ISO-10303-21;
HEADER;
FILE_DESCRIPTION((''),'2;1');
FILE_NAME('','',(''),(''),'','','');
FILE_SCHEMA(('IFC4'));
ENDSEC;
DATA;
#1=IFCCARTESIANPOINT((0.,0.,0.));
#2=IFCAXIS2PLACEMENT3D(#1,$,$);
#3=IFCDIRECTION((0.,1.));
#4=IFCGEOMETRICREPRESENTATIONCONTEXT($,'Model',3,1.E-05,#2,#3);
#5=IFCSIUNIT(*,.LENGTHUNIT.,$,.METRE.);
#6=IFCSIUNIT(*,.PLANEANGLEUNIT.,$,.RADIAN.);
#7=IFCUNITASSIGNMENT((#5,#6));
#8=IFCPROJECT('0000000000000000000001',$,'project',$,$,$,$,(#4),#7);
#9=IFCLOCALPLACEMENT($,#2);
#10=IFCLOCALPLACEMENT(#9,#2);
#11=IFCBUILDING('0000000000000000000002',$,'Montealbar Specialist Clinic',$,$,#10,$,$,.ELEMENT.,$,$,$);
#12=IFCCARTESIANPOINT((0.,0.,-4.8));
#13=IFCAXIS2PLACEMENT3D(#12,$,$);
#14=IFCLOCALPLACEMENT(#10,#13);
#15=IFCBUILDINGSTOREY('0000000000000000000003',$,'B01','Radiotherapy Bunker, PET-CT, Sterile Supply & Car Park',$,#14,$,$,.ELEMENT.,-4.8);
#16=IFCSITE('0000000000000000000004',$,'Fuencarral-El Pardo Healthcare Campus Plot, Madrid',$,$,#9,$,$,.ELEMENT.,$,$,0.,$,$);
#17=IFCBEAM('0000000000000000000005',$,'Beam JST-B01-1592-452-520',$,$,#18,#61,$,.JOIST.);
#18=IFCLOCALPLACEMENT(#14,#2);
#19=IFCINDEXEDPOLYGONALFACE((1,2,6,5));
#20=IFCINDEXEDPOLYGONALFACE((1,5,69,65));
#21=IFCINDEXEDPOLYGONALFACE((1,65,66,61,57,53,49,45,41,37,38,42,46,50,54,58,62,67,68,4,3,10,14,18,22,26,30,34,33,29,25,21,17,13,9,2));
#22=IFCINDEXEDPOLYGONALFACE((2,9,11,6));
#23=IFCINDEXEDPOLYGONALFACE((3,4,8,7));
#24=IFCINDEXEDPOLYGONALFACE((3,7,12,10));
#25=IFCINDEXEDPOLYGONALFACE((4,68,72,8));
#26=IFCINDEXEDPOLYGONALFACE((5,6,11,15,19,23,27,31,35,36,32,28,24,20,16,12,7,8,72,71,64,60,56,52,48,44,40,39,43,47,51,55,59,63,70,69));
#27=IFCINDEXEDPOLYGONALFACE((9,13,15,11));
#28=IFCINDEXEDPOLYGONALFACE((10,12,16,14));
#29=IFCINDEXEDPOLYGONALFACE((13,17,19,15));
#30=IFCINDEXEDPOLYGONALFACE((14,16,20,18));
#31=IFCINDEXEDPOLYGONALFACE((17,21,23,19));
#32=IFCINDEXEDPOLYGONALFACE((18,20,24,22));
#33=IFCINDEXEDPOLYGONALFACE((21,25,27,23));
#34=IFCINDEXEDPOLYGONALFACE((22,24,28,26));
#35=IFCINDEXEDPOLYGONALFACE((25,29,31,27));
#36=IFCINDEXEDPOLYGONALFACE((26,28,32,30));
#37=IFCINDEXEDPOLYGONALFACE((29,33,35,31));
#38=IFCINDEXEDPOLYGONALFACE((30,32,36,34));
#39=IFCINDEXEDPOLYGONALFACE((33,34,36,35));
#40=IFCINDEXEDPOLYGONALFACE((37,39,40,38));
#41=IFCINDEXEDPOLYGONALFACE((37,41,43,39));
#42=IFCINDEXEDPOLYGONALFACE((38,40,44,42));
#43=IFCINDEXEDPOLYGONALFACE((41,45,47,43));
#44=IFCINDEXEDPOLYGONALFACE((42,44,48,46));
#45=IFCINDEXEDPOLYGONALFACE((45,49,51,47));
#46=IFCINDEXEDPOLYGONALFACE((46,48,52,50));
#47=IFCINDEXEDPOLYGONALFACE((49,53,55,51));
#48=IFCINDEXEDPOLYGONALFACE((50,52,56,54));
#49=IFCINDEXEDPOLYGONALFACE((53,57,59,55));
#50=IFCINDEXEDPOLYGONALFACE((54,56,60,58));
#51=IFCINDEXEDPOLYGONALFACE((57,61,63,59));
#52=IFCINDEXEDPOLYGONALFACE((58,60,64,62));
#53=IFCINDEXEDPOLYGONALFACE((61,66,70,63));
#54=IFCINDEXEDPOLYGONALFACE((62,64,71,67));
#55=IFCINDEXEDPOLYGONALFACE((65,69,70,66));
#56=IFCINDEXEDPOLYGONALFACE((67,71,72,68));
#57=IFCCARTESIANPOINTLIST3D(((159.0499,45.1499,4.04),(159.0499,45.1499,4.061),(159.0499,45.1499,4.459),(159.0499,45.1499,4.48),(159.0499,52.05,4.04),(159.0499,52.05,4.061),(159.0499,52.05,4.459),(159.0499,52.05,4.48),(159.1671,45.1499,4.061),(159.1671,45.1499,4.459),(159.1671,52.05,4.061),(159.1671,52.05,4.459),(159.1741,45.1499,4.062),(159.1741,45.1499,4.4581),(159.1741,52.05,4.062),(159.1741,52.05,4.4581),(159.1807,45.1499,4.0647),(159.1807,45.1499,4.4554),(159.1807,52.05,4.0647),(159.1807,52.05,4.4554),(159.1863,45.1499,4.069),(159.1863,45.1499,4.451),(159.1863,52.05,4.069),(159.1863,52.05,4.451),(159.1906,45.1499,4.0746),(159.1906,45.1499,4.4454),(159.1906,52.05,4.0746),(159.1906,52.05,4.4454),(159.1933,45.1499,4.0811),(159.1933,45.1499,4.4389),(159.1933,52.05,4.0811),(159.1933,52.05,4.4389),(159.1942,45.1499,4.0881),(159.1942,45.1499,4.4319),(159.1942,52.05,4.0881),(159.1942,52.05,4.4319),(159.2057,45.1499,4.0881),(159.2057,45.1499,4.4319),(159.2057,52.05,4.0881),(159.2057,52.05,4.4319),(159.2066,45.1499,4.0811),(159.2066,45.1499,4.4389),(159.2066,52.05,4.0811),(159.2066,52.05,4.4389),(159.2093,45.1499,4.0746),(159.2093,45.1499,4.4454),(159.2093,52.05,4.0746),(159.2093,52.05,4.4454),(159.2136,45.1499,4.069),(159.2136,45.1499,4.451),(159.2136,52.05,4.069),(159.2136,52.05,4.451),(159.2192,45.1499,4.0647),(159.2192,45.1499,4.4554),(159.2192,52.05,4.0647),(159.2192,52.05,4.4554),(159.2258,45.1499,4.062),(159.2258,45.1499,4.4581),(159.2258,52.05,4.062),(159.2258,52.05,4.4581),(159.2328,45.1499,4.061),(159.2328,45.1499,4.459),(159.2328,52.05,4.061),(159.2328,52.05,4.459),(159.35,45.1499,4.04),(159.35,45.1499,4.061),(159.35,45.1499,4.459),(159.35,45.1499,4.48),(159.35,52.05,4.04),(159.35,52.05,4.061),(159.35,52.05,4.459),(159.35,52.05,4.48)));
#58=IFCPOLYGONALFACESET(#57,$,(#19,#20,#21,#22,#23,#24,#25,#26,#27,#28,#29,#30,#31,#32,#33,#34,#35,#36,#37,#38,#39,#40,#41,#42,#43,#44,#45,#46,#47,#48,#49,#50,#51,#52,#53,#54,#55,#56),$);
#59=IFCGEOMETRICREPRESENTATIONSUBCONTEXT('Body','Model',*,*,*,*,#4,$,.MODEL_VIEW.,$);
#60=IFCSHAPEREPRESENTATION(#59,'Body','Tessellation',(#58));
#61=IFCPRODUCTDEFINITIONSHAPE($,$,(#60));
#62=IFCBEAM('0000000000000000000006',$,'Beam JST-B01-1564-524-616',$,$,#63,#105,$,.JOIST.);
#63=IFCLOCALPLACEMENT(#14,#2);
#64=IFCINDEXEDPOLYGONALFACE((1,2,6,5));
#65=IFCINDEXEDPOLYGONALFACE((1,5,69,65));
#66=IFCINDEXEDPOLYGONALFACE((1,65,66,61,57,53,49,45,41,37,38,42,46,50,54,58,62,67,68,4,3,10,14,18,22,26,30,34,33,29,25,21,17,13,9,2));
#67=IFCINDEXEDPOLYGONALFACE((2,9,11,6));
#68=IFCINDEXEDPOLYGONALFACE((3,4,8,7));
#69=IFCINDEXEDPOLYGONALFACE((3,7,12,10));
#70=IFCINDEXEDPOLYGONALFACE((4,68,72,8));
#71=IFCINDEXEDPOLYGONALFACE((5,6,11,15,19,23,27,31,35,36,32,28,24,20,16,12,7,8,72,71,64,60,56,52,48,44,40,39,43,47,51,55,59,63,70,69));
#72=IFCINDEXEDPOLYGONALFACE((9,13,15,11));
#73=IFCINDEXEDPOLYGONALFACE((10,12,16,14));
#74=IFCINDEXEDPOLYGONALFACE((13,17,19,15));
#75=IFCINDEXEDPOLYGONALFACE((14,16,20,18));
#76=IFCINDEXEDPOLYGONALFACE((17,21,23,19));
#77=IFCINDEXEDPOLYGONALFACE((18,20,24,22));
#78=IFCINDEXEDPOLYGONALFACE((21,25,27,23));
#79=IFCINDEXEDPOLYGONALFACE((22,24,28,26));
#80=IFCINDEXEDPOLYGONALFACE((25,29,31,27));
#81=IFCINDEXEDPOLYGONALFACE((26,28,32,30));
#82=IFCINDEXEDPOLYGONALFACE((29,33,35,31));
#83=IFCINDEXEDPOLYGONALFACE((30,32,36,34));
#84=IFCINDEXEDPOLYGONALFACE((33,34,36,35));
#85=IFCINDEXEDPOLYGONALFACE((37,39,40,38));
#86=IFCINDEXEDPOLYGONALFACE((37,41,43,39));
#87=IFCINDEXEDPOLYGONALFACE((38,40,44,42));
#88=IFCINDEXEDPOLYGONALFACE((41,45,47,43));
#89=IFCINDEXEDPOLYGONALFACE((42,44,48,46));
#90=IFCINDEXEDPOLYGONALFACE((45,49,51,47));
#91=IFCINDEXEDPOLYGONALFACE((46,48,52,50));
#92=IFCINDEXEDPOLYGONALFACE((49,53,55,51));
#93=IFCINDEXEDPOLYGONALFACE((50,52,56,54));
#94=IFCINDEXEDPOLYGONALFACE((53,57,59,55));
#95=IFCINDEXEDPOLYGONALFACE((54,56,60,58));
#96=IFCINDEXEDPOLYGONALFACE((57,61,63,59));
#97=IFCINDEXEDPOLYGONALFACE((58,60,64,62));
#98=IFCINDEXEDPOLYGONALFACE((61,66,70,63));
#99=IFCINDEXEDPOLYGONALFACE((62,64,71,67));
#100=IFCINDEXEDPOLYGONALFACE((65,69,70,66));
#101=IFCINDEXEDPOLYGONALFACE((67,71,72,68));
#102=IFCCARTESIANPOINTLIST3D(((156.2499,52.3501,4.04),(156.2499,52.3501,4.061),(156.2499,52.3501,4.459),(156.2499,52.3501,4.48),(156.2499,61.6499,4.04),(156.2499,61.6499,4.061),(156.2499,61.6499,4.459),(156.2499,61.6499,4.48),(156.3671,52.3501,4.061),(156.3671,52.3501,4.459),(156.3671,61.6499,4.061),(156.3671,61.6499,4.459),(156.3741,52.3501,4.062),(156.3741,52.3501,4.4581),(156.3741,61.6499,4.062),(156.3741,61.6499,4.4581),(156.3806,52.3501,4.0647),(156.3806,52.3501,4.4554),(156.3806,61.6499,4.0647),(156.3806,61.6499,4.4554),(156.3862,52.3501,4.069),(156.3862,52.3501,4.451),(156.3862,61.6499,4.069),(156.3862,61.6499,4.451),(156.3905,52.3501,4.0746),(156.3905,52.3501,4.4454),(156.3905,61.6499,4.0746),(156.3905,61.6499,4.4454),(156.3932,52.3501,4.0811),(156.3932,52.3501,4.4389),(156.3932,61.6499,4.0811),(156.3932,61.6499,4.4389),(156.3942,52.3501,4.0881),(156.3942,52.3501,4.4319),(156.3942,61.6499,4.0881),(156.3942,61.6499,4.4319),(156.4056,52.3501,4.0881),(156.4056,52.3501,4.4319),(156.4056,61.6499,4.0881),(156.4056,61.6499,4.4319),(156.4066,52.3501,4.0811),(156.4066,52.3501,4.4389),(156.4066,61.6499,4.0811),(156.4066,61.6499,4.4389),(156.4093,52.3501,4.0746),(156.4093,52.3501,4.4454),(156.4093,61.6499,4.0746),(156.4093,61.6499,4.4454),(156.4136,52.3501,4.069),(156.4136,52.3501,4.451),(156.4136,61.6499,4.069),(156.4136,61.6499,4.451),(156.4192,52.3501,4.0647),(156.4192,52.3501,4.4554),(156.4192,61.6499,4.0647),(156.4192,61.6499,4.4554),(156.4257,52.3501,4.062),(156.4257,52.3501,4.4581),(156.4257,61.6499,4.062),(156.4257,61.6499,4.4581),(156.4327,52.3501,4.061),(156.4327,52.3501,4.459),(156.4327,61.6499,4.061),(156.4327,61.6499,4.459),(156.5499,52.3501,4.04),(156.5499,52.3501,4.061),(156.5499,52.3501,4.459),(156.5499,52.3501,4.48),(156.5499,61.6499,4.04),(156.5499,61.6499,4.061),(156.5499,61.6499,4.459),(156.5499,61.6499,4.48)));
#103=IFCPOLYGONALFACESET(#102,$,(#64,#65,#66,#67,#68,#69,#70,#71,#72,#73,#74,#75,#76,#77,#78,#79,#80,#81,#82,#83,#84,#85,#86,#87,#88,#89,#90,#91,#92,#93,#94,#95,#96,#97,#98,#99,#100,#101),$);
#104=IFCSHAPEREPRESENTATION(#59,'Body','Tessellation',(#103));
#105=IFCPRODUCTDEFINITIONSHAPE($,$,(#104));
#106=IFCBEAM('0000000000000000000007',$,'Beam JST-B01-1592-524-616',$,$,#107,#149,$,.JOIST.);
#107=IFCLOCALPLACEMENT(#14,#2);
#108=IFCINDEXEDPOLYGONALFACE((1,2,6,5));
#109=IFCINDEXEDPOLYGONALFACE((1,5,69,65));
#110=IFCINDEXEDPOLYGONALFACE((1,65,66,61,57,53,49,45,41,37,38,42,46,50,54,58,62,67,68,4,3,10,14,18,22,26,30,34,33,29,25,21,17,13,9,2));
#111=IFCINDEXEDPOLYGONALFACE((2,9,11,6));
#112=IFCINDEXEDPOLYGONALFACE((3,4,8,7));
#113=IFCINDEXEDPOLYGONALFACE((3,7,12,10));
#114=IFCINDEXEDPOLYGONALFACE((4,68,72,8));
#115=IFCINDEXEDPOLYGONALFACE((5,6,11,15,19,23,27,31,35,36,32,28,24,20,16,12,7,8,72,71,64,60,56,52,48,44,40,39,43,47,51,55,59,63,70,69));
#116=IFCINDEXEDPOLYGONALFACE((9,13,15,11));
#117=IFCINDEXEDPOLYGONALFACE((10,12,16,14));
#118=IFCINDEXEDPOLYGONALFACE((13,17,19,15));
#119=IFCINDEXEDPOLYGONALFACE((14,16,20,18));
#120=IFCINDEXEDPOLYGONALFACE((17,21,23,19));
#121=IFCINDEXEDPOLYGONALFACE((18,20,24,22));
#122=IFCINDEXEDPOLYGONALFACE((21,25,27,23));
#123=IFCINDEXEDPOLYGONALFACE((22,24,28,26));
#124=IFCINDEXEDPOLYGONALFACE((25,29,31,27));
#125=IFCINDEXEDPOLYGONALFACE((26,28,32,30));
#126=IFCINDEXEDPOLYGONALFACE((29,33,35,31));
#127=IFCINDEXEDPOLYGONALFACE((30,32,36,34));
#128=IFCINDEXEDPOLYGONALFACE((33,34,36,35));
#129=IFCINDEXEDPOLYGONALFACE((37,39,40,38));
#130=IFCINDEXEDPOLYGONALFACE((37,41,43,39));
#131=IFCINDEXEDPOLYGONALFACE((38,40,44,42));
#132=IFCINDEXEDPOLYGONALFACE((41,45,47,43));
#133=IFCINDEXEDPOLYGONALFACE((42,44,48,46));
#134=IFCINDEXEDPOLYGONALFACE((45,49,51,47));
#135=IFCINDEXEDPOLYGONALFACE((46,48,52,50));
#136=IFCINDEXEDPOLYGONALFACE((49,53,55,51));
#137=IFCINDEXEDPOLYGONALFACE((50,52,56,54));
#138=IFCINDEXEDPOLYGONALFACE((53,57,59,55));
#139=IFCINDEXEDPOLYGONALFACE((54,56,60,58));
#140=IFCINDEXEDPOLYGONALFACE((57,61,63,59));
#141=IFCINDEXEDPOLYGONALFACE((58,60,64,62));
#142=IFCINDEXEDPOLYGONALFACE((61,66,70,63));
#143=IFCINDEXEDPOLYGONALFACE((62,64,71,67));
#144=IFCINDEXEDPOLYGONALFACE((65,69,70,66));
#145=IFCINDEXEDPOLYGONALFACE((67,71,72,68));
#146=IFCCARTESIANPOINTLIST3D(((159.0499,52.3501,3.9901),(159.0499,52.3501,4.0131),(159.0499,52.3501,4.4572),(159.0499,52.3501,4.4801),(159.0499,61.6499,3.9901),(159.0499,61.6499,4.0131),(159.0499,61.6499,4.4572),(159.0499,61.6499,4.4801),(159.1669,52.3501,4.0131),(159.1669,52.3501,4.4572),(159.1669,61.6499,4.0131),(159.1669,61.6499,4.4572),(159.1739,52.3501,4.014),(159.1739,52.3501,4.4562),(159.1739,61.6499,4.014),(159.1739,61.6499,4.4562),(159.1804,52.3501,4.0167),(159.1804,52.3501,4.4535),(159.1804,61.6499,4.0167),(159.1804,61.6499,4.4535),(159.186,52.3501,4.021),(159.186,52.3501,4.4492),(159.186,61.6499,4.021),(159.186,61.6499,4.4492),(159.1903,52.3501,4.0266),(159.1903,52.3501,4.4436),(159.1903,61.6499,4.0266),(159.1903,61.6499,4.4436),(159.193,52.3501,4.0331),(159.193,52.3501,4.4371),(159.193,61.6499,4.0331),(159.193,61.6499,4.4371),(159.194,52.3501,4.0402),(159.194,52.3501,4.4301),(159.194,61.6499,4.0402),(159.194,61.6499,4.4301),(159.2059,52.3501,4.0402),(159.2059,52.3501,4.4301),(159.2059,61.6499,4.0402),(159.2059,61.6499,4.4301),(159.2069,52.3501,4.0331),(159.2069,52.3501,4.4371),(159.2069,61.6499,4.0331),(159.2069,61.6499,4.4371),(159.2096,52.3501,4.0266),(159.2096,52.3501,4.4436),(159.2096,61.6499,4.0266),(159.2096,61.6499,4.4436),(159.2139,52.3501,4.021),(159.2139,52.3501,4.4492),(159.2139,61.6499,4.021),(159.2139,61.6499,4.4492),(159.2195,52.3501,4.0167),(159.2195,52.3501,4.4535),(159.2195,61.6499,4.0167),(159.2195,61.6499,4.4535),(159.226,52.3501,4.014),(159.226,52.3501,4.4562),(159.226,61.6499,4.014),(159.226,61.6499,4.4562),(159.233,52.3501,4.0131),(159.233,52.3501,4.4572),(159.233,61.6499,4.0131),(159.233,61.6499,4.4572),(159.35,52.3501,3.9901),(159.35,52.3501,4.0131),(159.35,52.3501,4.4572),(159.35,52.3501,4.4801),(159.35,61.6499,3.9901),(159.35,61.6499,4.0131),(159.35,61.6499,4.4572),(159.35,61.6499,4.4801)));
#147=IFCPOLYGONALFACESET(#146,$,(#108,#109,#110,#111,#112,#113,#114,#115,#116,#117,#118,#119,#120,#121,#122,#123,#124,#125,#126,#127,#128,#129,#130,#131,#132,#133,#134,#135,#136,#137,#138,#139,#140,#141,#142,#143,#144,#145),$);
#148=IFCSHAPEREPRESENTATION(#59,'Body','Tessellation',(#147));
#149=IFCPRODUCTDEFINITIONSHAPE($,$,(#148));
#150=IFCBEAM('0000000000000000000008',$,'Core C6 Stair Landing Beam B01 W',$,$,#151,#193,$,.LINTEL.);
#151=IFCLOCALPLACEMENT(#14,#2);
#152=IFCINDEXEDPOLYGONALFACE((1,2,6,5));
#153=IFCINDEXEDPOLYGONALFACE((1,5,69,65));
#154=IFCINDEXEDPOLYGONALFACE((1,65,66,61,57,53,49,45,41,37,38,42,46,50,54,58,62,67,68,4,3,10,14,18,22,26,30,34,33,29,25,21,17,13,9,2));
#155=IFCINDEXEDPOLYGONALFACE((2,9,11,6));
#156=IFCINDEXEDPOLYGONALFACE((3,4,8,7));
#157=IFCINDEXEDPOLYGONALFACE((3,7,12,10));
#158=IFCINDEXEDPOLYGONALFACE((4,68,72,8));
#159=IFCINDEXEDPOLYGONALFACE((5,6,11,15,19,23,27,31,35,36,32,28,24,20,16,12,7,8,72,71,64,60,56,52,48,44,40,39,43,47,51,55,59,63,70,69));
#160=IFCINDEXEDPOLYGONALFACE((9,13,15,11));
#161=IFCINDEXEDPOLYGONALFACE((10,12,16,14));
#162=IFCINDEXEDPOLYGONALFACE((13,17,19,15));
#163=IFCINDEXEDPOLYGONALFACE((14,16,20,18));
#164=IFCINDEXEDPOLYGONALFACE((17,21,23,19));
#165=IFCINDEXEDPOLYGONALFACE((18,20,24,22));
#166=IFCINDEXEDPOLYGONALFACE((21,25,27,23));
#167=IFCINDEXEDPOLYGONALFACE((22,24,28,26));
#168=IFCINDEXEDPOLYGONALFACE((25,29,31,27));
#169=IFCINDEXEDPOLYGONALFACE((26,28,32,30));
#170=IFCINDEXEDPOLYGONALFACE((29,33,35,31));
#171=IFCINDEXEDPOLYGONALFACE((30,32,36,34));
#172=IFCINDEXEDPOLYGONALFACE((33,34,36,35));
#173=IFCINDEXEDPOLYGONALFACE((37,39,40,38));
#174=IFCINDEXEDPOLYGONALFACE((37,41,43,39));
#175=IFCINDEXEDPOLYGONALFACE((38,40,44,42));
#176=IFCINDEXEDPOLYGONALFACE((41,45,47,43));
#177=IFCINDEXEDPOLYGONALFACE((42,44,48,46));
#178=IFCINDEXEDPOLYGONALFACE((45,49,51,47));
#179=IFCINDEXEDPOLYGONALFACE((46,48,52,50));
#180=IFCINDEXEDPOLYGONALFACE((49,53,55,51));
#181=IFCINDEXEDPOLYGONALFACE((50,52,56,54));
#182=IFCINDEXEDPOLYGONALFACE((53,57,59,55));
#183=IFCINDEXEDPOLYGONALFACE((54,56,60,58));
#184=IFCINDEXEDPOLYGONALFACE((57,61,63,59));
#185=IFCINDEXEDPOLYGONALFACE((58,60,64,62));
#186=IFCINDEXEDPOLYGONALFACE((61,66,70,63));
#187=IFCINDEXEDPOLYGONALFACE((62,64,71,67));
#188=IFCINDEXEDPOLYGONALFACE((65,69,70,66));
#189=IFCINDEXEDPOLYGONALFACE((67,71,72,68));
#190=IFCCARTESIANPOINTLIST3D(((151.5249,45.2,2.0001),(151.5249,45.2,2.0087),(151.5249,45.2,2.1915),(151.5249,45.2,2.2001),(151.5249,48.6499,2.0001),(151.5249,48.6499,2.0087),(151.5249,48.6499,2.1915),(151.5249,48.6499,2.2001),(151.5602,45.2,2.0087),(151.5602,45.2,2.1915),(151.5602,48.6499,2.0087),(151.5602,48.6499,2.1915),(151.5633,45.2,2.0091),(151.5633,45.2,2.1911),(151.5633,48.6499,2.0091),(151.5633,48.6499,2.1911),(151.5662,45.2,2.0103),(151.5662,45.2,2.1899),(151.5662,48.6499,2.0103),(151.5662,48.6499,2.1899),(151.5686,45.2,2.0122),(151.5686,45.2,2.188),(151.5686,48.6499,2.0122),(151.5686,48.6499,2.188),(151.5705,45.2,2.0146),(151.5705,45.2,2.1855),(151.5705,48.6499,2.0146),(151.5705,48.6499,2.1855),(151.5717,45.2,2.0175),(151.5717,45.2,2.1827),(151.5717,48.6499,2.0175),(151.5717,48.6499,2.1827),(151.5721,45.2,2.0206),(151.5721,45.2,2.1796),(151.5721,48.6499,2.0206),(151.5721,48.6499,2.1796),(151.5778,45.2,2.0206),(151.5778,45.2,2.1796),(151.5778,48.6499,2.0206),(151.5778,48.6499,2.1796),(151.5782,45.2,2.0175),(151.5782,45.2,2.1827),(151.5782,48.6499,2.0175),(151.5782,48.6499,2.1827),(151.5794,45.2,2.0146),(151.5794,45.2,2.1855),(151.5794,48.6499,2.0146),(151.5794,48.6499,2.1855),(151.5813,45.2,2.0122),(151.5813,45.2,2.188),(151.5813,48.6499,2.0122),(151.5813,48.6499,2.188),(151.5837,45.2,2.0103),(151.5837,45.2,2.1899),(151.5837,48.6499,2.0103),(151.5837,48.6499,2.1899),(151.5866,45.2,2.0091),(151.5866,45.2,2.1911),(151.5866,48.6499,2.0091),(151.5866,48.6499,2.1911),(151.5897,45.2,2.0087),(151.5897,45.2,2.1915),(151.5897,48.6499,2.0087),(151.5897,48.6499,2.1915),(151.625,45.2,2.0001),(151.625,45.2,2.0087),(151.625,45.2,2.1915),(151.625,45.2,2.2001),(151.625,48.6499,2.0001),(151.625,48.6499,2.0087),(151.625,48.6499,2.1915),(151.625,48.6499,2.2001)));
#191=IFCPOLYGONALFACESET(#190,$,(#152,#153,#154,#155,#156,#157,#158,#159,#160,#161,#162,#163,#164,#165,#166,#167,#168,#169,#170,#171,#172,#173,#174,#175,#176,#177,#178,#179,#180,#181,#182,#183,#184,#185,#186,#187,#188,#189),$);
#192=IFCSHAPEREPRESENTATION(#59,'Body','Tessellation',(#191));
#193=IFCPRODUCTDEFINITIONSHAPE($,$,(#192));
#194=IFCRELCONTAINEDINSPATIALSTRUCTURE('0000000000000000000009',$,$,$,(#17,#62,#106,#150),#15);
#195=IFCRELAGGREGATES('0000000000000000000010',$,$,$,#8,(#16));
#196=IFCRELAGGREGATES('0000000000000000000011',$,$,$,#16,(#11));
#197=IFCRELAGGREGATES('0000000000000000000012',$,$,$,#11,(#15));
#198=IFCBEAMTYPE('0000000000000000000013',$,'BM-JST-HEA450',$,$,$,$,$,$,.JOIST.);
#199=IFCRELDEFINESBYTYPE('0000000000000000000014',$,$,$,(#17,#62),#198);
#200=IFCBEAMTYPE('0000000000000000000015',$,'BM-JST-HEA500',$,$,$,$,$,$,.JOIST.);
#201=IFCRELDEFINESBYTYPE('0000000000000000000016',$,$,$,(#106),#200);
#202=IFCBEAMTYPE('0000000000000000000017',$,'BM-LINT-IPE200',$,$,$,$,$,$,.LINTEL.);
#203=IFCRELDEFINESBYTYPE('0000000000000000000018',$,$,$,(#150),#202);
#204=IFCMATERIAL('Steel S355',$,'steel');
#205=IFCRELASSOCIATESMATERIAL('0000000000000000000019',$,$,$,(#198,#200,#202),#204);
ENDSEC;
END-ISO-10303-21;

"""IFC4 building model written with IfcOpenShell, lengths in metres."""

from ifc_helpers import new_model, si_unit, direction, frame, origin, origin_2d, place, context, subcontext, project, spatial, i_section, extrude, material, material_profile, profile_set, type_object, element, save


model = new_model("IFC4")

# Units and contexts
model_context = context("Model", 3, precision=1e-05, world=origin(), true_north=direction((0.0, 1.0)))
body_context = subcontext(model_context, "Body", "Model", "MODEL_VIEW")
ifc_project = project(units=[si_unit("LENGTHUNIT", "METRE"), si_unit("PLANEANGLEUNIT", "RADIAN")], contexts=[model_context])

# Site, building, storey
site_placement = place(None, origin())
site = spatial("IfcSite", under=ifc_project, at=site_placement, Name="Fuencarral-El Pardo Healthcare Campus Plot, Madrid", CompositionType="ELEMENT", RefElevation=0.0)
building_placement = place(site_placement, origin())
building = spatial("IfcBuilding", under=site, at=building_placement, Name="Montealbar Specialist Clinic", CompositionType="ELEMENT")
storey_placement = place(building_placement, frame((0.0, 0.0, -4.8)))
storey = spatial("IfcBuildingStorey", under=building, at=storey_placement, Name="B01", Description="Radiotherapy Bunker, PET-CT, Sterile Supply & Car Park", CompositionType="ELEMENT", Elevation=-4.8)

# Shared definitions
ifc_material_1 = material(Name="Steel S355", Category="steel")

# Beams
ifc_material_profile_1 = material_profile(ifc_material_1, i_section(OverallWidth=0.3, OverallDepth=0.4399, WebThickness=0.0115, FlangeThickness=0.021, FilletRadius=0.0271, at=origin_2d()), Name="HEA 450", Category="steel")
ifc_profile_set_1 = profile_set([ifc_material_profile_1], Name="Steel S355")
beam_type_1 = type_object("IfcBeamType", Name="BM-JST-HEA450", PredefinedType="JOIST", material=ifc_profile_set_1)
beam_1_placement = place(storey_placement, frame((159.2, 45.1499, 4.26), z_axis=(0.0, 1.0, 0.0), x_axis=(-1.0, 0.0, 0.0)))
element("IfcBeam", 1, at=beam_1_placement, inside=storey, type_object=beam_type_1, Name="Beam JST-B01-1592-452-520", PredefinedType="JOIST", context=body_context, shape_type="SweptSolid", body=[
    extrude(i_section(OverallWidth=0.3, OverallDepth=0.4399, WebThickness=0.0115, FlangeThickness=0.021, FilletRadius=0.0271, at=origin_2d()), origin(), (0.0, 0.0, 1.0), 6.9001),
])
beam_2_placement = place(storey_placement, frame((156.3999, 52.3501, 4.26), z_axis=(0.0, 1.0, 0.0), x_axis=(-1.0, 0.0, 0.0)))
element("IfcBeam", 2, at=beam_2_placement, inside=storey, type_object=beam_type_1, Name="Beam JST-B01-1564-524-616", PredefinedType="JOIST", context=body_context, shape_type="SweptSolid", body=[
    extrude(i_section(OverallWidth=0.3, OverallDepth=0.4399, WebThickness=0.0115, FlangeThickness=0.021, FilletRadius=0.0271, at=origin_2d()), origin(), (0.0, 0.0, 1.0), 9.2998),
])
ifc_material_profile_2 = material_profile(ifc_material_1, i_section(OverallWidth=0.3, OverallDepth=0.49, WebThickness=0.012, FlangeThickness=0.0229, FilletRadius=0.0271, at=origin_2d()), Name="HEA 500", Category="steel")
ifc_profile_set_2 = profile_set([ifc_material_profile_2], Name="Steel S355")
beam_type_2 = type_object("IfcBeamType", Name="BM-JST-HEA500", PredefinedType="JOIST", material=ifc_profile_set_2)
beam_3_placement = place(storey_placement, frame((159.2, 52.3501, 4.2351), z_axis=(0.0, 1.0, 0.0), x_axis=(-1.0, 0.0, 0.0)))
element("IfcBeam", 3, at=beam_3_placement, inside=storey, type_object=beam_type_2, Name="Beam JST-B01-1592-524-616", PredefinedType="JOIST", context=body_context, shape_type="SweptSolid", body=[
    extrude(i_section(OverallWidth=0.3, OverallDepth=0.49, WebThickness=0.012, FlangeThickness=0.0229, FilletRadius=0.0271, at=origin_2d()), origin(), (0.0, 0.0, 1.0), 9.2998),
])
ifc_material_profile_3 = material_profile(ifc_material_1, i_section(OverallWidth=0.1001, OverallDepth=0.2, WebThickness=0.0056, FlangeThickness=0.0085, FilletRadius=0.012, at=origin_2d()), Name="IPE 200", Category="steel")
ifc_profile_set_3 = profile_set([ifc_material_profile_3], Name="Steel S355")
beam_type_3 = type_object("IfcBeamType", Name="BM-LINT-IPE200", PredefinedType="LINTEL", material=ifc_profile_set_3)
for number, where, z_axis, x_axis, name in (
    (4, (151.575, 45.2, 2.1001), (0.0, 1.0, 0.0), (-1.0, 0.0, 0.0), "Core C6 Stair Landing Beam B01 W"),
):
    element("IfcBeam", number, at=place(storey_placement, frame(where, z_axis=z_axis, x_axis=x_axis)), inside=storey, type_object=beam_type_3, Name=name, PredefinedType="LINTEL", context=body_context, shape_type="SweptSolid", body=[
        extrude(i_section(OverallWidth=0.1001, OverallDepth=0.2, WebThickness=0.0056, FlangeThickness=0.0085, FilletRadius=0.012, at=origin_2d()), origin(), (0.0, 0.0, 1.0), 3.45),
    ])

save(model, "model.ifc")
